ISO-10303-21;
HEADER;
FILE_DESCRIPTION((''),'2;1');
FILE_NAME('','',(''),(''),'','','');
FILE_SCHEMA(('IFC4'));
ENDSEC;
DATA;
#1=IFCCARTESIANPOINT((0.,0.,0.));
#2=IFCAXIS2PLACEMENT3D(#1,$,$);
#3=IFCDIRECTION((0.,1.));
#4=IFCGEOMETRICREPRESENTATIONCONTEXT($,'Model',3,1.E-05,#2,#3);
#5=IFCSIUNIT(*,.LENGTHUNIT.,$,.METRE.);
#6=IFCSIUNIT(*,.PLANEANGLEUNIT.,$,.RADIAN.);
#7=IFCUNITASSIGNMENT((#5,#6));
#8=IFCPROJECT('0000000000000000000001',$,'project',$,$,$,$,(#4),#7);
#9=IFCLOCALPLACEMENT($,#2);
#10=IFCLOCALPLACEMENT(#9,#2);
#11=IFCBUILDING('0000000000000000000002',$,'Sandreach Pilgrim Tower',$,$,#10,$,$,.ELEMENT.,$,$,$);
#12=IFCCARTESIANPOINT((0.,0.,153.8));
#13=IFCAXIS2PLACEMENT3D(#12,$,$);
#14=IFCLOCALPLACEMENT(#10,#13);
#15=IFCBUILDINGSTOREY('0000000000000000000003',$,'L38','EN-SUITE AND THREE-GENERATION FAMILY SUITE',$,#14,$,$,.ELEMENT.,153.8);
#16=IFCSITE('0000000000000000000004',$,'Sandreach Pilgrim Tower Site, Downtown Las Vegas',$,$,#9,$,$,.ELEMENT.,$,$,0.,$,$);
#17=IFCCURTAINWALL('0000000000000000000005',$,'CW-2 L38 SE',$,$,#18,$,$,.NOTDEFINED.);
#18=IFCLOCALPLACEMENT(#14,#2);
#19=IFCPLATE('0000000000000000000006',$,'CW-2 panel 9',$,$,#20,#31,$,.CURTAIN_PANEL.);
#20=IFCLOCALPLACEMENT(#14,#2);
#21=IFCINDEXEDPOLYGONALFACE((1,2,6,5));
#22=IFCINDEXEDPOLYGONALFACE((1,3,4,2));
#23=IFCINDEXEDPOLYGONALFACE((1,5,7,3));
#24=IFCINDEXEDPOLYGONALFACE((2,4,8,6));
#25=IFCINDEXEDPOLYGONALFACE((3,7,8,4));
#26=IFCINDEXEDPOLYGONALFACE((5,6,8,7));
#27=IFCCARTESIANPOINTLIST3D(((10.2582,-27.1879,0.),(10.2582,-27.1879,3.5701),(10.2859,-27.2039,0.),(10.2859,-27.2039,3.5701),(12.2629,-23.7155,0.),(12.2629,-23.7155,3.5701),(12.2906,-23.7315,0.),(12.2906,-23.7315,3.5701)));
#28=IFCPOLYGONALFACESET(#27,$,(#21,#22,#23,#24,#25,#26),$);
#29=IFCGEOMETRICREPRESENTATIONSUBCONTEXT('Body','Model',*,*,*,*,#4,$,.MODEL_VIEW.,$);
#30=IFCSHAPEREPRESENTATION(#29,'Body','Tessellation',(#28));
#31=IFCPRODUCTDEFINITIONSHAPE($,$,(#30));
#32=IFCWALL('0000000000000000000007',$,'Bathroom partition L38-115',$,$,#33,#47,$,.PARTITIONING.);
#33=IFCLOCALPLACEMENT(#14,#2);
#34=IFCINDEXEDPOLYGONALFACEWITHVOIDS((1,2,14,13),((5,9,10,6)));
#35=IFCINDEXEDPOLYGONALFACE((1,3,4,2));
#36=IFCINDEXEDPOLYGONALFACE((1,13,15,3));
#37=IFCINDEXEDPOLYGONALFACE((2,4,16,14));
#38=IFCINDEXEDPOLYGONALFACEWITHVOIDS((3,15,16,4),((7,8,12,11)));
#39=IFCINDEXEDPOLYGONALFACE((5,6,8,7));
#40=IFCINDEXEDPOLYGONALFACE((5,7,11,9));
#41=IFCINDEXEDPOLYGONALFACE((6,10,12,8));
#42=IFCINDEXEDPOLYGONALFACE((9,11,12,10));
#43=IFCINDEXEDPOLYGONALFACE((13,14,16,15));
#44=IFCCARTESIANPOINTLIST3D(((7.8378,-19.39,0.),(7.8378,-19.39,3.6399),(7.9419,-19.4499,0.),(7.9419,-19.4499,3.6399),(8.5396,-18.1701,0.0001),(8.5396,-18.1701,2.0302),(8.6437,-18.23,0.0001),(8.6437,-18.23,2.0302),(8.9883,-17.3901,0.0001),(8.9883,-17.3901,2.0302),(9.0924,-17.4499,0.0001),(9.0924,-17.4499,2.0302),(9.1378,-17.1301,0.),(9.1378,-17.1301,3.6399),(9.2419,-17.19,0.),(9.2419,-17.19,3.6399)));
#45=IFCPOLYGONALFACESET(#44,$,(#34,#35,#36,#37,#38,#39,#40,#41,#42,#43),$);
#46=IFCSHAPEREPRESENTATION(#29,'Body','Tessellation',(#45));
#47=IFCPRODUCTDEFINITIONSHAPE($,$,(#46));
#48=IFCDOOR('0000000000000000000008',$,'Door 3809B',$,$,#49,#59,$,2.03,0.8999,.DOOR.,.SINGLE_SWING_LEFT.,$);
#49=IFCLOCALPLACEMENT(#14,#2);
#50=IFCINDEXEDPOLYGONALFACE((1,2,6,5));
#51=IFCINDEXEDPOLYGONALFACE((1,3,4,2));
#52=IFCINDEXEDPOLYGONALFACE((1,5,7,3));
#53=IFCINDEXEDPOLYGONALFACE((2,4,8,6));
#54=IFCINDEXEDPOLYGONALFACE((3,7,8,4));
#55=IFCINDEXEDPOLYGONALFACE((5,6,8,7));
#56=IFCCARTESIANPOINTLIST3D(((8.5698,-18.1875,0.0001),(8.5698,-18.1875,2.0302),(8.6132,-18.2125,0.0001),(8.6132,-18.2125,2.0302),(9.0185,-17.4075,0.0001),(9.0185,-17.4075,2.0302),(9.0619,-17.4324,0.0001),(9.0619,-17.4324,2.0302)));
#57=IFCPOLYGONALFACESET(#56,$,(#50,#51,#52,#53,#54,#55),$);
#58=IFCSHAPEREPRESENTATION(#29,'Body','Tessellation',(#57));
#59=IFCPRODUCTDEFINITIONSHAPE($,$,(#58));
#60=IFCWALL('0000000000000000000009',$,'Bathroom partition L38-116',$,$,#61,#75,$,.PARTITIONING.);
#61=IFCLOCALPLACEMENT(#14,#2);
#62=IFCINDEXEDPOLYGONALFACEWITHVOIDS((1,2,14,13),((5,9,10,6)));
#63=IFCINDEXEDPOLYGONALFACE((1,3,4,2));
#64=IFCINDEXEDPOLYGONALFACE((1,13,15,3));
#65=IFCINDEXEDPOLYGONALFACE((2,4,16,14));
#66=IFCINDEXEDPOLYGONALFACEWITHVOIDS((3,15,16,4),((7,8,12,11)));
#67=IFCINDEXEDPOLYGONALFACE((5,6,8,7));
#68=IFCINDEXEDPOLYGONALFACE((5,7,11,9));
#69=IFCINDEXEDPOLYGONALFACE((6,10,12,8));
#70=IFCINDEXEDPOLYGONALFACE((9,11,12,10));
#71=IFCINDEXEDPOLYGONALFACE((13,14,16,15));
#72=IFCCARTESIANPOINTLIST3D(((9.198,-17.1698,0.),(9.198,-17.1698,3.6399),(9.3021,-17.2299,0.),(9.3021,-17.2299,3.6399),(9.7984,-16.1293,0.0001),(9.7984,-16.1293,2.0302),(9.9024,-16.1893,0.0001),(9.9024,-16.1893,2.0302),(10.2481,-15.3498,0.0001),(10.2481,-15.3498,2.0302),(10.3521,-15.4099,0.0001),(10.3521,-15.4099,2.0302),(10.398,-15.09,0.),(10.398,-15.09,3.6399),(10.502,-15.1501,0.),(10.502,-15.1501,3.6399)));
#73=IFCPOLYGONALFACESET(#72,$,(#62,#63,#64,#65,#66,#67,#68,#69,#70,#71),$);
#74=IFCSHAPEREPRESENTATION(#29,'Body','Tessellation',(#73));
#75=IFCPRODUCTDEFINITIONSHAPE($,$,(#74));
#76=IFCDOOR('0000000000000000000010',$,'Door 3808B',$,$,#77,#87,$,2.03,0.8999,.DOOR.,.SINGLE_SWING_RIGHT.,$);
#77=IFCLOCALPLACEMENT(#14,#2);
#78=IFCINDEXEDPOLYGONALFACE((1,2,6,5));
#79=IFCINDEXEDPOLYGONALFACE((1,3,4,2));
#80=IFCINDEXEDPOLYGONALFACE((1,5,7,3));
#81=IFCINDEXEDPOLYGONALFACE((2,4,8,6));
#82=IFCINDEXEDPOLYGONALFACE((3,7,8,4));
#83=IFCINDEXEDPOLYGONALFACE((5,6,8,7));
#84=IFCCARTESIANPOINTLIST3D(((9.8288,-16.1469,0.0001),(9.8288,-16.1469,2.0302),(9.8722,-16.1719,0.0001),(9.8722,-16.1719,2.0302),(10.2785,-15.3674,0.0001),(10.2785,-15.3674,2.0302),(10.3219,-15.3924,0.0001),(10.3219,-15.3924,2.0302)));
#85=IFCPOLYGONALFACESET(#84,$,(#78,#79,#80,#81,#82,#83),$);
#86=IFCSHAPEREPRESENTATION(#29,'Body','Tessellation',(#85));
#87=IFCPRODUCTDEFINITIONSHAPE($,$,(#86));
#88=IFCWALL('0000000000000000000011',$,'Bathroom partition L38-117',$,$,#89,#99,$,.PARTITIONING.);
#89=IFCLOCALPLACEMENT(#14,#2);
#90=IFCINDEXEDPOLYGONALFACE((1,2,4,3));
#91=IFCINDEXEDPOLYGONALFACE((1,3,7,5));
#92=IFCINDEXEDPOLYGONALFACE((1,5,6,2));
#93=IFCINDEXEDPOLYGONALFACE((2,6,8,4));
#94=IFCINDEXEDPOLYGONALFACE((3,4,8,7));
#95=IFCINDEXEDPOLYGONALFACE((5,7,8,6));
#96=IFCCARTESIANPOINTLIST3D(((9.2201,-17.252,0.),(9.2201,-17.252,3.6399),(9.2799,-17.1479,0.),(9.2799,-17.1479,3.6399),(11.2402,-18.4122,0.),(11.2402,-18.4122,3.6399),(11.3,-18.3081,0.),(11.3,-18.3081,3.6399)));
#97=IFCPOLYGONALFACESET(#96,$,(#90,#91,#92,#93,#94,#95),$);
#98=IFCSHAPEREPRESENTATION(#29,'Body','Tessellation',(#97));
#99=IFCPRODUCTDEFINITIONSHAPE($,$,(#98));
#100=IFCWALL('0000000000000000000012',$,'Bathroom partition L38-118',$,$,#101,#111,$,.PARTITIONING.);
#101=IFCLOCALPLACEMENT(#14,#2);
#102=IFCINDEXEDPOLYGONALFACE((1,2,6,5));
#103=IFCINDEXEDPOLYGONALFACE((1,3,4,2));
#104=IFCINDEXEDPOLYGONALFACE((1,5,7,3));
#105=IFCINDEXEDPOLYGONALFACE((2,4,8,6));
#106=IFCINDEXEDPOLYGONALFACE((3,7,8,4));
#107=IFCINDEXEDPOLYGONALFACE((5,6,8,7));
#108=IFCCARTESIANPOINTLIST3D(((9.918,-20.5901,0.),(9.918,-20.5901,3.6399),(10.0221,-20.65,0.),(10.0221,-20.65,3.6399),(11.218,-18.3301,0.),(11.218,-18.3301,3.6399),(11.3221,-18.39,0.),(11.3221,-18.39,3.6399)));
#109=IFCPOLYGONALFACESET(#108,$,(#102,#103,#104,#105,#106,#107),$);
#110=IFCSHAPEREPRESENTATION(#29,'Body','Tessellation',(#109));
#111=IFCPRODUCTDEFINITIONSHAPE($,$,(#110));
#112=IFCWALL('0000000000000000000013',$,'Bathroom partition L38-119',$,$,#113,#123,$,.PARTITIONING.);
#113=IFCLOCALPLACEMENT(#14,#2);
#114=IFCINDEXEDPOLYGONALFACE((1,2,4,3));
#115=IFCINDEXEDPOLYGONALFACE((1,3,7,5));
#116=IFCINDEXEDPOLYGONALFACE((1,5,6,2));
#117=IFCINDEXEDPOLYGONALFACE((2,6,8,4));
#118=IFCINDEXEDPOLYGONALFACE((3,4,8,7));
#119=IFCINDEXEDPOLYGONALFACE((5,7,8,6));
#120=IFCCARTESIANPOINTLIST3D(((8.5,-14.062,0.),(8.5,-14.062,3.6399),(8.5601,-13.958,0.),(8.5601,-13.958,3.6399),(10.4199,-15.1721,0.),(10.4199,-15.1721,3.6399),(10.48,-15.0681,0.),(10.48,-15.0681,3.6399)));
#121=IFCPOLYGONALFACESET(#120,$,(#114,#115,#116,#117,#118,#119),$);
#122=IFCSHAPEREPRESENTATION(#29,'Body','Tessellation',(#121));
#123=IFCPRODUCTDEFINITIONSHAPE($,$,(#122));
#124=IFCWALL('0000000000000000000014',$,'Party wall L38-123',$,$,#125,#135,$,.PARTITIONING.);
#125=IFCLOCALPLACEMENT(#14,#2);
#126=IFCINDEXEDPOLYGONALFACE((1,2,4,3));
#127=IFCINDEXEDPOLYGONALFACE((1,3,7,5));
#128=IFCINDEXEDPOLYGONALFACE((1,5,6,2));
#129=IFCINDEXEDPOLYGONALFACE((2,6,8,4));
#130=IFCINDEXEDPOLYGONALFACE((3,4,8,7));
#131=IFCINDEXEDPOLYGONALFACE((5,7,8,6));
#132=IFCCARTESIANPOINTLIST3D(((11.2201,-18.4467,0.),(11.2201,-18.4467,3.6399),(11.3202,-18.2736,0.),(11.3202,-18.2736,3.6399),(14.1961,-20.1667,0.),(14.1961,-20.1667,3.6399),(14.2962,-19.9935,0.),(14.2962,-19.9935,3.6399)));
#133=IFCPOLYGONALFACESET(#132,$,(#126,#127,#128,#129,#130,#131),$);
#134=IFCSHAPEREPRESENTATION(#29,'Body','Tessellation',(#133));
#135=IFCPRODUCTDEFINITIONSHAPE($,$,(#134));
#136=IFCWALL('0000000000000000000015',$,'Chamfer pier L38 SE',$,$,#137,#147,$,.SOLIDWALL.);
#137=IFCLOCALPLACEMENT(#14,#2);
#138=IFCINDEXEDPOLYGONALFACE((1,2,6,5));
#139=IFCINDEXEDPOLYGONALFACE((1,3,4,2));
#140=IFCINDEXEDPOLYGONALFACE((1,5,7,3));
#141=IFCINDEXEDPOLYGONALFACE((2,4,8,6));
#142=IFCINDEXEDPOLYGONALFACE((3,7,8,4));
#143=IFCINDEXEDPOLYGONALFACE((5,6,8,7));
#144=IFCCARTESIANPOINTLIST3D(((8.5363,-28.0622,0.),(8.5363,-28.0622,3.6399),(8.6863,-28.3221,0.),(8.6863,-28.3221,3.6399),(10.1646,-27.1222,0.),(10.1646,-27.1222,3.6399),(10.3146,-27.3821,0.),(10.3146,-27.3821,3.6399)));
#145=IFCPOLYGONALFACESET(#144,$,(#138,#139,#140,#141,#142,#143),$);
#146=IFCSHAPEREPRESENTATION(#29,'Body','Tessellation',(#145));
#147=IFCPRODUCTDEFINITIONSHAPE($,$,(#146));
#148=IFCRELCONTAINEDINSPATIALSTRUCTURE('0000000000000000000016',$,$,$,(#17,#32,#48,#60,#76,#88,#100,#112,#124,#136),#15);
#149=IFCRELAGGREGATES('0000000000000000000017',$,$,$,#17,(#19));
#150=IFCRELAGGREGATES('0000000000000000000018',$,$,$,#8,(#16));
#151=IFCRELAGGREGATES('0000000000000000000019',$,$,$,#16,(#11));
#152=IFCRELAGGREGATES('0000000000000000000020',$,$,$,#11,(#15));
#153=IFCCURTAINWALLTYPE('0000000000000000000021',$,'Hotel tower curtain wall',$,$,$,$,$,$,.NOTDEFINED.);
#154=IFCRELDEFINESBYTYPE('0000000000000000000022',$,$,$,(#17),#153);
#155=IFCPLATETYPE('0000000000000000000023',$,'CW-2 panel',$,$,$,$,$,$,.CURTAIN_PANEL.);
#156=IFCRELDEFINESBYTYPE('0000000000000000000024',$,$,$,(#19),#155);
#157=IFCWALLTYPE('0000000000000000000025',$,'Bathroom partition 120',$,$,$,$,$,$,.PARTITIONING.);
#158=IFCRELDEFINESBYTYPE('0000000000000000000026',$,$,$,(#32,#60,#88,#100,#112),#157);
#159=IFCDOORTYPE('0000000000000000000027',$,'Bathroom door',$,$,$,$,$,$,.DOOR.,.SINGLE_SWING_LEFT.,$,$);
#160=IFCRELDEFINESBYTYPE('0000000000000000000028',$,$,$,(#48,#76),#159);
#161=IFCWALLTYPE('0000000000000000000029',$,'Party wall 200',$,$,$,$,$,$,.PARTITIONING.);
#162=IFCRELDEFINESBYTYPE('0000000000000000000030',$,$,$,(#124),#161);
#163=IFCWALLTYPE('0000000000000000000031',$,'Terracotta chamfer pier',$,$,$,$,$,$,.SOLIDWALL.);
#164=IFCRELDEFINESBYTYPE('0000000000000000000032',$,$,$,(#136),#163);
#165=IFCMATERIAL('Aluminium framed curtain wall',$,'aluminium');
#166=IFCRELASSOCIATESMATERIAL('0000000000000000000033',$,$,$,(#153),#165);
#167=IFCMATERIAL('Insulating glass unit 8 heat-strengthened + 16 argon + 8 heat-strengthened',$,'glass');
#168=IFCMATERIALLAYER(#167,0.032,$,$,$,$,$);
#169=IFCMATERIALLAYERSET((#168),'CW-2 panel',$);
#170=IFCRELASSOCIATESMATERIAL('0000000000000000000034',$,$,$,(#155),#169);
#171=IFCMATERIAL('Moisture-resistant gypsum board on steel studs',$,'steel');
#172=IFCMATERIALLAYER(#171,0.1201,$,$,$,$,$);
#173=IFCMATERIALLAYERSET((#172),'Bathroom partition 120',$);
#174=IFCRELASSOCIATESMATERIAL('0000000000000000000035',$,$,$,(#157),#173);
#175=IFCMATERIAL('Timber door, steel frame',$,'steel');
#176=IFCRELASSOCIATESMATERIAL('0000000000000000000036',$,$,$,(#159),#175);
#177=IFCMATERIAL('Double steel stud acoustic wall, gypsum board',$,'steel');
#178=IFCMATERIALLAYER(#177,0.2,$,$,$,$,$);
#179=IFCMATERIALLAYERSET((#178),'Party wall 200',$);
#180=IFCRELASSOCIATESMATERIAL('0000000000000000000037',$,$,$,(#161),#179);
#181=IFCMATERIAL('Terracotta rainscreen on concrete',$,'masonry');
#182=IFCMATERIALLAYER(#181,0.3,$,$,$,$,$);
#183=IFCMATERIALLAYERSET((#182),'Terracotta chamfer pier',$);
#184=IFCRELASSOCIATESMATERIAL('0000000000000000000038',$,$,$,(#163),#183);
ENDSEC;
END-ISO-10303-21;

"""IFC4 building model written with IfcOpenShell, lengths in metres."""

from ifc_helpers import new_model, si_unit, direction, frame, frame_2d, origin, origin_2d, place, context, subcontext, project, spatial, rectangle, extrude, material, layer, layer_set, type_object, element, fill, aggregate, save


model = new_model("IFC4")

# Units and contexts
model_context = context("Model", 3, precision=1e-05, world=origin(), true_north=direction((0.0, 1.0)))
body_context = subcontext(model_context, "Body", "Model", "MODEL_VIEW")
ifc_project = project(units=[si_unit("LENGTHUNIT", "METRE"), si_unit("PLANEANGLEUNIT", "RADIAN")], contexts=[model_context])

# Site, building, storey
site_placement = place(None, origin())
site = spatial("IfcSite", under=ifc_project, at=site_placement, Name="Sandreach Pilgrim Tower Site, Downtown Las Vegas", CompositionType="ELEMENT", RefElevation=0.0)
building_placement = place(site_placement, origin())
building = spatial("IfcBuilding", under=site, at=building_placement, Name="Sandreach Pilgrim Tower", CompositionType="ELEMENT")
storey_placement = place(building_placement, frame((0.0, 0.0, 153.8)))
storey = spatial("IfcBuildingStorey", under=building, at=storey_placement, Name="L38", Description="EN-SUITE AND THREE-GENERATION FAMILY SUITE", CompositionType="ELEMENT", Elevation=153.8)

# Curtain wall
ifc_material_1 = material(Name="Aluminium framed curtain wall", Category="aluminium")
curtain_wall_type = type_object("IfcCurtainWallType", Name="Hotel tower curtain wall", PredefinedType="NOTDEFINED", material=ifc_material_1)
curtain_wall_1_placement = place(storey_placement, origin())
curtain_wall_1 = element("IfcCurtainWall", 1, at=curtain_wall_1_placement, inside=storey, type_object=curtain_wall_type, Name="CW-2 L38 SE", PredefinedType="NOTDEFINED")

# Plate
ifc_material_2 = material(Name="Insulating glass unit 8 heat-strengthened + 16 argon + 8 heat-strengthened", Category="glass")
ifc_layer_1 = layer(ifc_material_2, 0.032)
ifc_layer_set_1 = layer_set([ifc_layer_1], Name="CW-2 panel")
plate_type = type_object("IfcPlateType", Name="CW-2 panel", PredefinedType="CURTAIN_PANEL", material=ifc_layer_set_1)
plate_1_placement = place(storey_placement, frame((11.2744, -25.4597, 0.0), z_axis=(0.0, 0.0, 1.0), x_axis=(-0.5, -0.866025, 0.0)))
plate_1 = element("IfcPlate", 2, at=plate_1_placement, type_object=plate_type, Name="CW-2 panel 9", PredefinedType="CURTAIN_PANEL", context=body_context, shape_type="SweptSolid", body=[
    extrude(rectangle(XDim=4.0095, YDim=0.032, at=origin_2d()), origin(), (0.0, 0.0, 1.0), 3.5701),
])
aggregate(curtain_wall_1, [plate_1])

# Walls, openings, doors
ifc_material_3 = material(Name="Moisture-resistant gypsum board on steel studs", Category="steel")
ifc_layer_2 = layer(ifc_material_3, 0.1201)
ifc_layer_set_2 = layer_set([ifc_layer_2], Name="Bathroom partition 120")
wall_type_1 = type_object("IfcWallType", Name="Bathroom partition 120", PredefinedType="PARTITIONING", material=ifc_layer_set_2)
wall_1_placement = place(storey_placement, frame((9.1899, -17.1599, 0.0), z_axis=(0.0, 0.0, 1.0), x_axis=(-0.498628, -0.866816, 0.0)))
wall_1 = element("IfcWall", 3, at=wall_1_placement, inside=storey, type_object=wall_type_1, Name="Bathroom partition L38-115", PredefinedType="PARTITIONING", context=body_context, shape_type="SweptSolid", body=[
    extrude(rectangle(XDim=2.6072, YDim=0.1201, at=frame_2d((1.3037, 0.0))), origin(), (0.0, 0.0, 1.0), 3.6399),
])
opening_1_placement = place(wall_1_placement, frame((0.3, 0.0, 0.0)))
opening_1 = element("IfcOpeningElement", 4, at=opening_1_placement, cuts=wall_1, PredefinedType="OPENING", context=body_context, shape_type="SweptSolid", body=[
    extrude(rectangle(XDim=0.8999, YDim=2.03, at=frame_2d((0.45, 1.0151))), frame((0.0, 0.0601, 0.0), z_axis=(0.0, -1.0, 0.0), x_axis=(1.0, 0.0, 0.0)), (0.0, 0.0, 1.0), 0.1201),
])
ifc_material_4 = material(Name="Timber door, steel frame", Category="steel")
door_type = type_object("IfcDoorType", Name="Bathroom door", OperationType="SINGLE_SWING_LEFT", PredefinedType="DOOR", material=ifc_material_4)
door_1_placement = place(opening_1_placement, origin())
door_1 = element("IfcDoor", 5, at=door_1_placement, inside=storey, type_object=door_type, Name="Door 3809B", OperationType="SINGLE_SWING_LEFT", OverallHeight=2.03, OverallWidth=0.8999, PredefinedType="DOOR", context=body_context, shape_type="SweptSolid", body=[
    extrude(rectangle(XDim=0.8999, YDim=2.03, at=frame_2d((0.45, 1.0151))), frame((0.0, 0.0249, 0.0), z_axis=(0.0, -1.0, 0.0), x_axis=(1.0, 0.0, 0.0)), (0.0, 0.0, 1.0), 0.05),
])
fill(opening_1, door_1)
wall_2_placement = place(storey_placement, frame((9.25, -17.2, 0.0), z_axis=(0.0, 0.0, 1.0), x_axis=(0.499737, 0.866177, 0.0)))
wall_2 = element("IfcWall", 6, at=wall_2_placement, inside=storey, type_object=wall_type_1, Name="Bathroom partition L38-116", PredefinedType="PARTITIONING", context=body_context, shape_type="SweptSolid", body=[
    extrude(rectangle(XDim=2.4011, YDim=0.1201, at=frame_2d((1.2007, 0.0))), origin(), (0.0, 0.0, 1.0), 3.6399),
])
opening_2_placement = place(wall_2_placement, frame((1.2014, 0.0, 0.0)))
opening_2 = element("IfcOpeningElement", 7, at=opening_2_placement, cuts=wall_2, PredefinedType="OPENING", context=body_context, shape_type="SweptSolid", body=[
    extrude(rectangle(XDim=0.8999, YDim=2.03, at=frame_2d((0.45, 1.0151))), frame((0.0, 0.0601, 0.0), z_axis=(0.0, -1.0, 0.0), x_axis=(1.0, 0.0, 0.0)), (0.0, 0.0, 1.0), 0.1201),
])
door_2_placement = place(opening_2_placement, origin())
door_2 = element("IfcDoor", 8, at=door_2_placement, inside=storey, type_object=door_type, Name="Door 3808B", OperationType="SINGLE_SWING_RIGHT", OverallHeight=2.03, OverallWidth=0.8999, PredefinedType="DOOR", context=body_context, shape_type="SweptSolid", body=[
    extrude(rectangle(XDim=0.8999, YDim=2.03, at=frame_2d((0.45, 1.0151))), frame((0.0, 0.0249, 0.0), z_axis=(0.0, -1.0, 0.0), x_axis=(1.0, 0.0, 0.0)), (0.0, 0.0, 1.0), 0.05),
])
fill(opening_2, door_2)

# Walls
wall_3_placement = place(storey_placement, frame((9.25, -17.2, 0.0), z_axis=(0.0, 0.0, 1.0), x_axis=(0.867158, -0.498034, 0.0)))
element("IfcWall", 9, at=wall_3_placement, inside=storey, type_object=wall_type_1, Name="Bathroom partition L38-117", PredefinedType="PARTITIONING", context=body_context, shape_type="SweptSolid", body=[
    extrude(rectangle(XDim=2.3296, YDim=0.1201, at=frame_2d((1.1648, 0.0))), origin(), (0.0, 0.0, 1.0), 3.6399),
])
wall_4_placement = place(storey_placement, frame((9.97, -20.6201, 0.0), z_axis=(0.0, 0.0, 1.0), x_axis=(0.498628, 0.866816, 0.0)))
element("IfcWall", 10, at=wall_4_placement, inside=storey, type_object=wall_type_1, Name="Bathroom partition L38-118", PredefinedType="PARTITIONING", context=body_context, shape_type="SweptSolid", body=[
    extrude(rectangle(XDim=2.6072, YDim=0.1201, at=frame_2d((1.3037, 0.0))), origin(), (0.0, 0.0, 1.0), 3.6399),
])
wall_5_placement = place(storey_placement, frame((10.45, -15.1201, 0.0), z_axis=(0.0, 0.0, 1.0), x_axis=(-0.865705, 0.500555, 0.0)))
element("IfcWall", 11, at=wall_5_placement, inside=storey, type_object=wall_type_1, Name="Bathroom partition L38-119", PredefinedType="PARTITIONING", context=body_context, shape_type="SweptSolid", body=[
    extrude(rectangle(XDim=2.2178, YDim=0.1201, at=frame_2d((1.1089, 0.0))), origin(), (0.0, 0.0, 1.0), 3.6399),
])
ifc_material_5 = material(Name="Double steel stud acoustic wall, gypsum board", Category="steel")
ifc_layer_3 = layer(ifc_material_5, 0.2)
ifc_layer_set_3 = layer_set([ifc_layer_3], Name="Party wall 200")
wall_type_2 = type_object("IfcWallType", Name="Party wall 200", PredefinedType="PARTITIONING", material=ifc_layer_set_3)
wall_6_placement = place(storey_placement, frame((11.27, -18.3601, 0.0), z_axis=(0.0, 0.0, 1.0), x_axis=(0.865807, -0.500378, 0.0)))
element("IfcWall", 12, at=wall_6_placement, inside=storey, type_object=wall_type_2, Name="Party wall L38-123", PredefinedType="PARTITIONING", context=body_context, shape_type="SweptSolid", body=[
    extrude(rectangle(XDim=3.4373, YDim=0.2, at=frame_2d((1.7188, 0.0))), origin(), (0.0, 0.0, 1.0), 3.6399),
])
ifc_material_6 = material(Name="Terracotta rainscreen on concrete", Category="masonry")
ifc_layer_4 = layer(ifc_material_6, 0.3)
ifc_layer_set_4 = layer_set([ifc_layer_4], Name="Terracotta chamfer pier")
wall_type_3 = type_object("IfcWallType", Name="Terracotta chamfer pier", PredefinedType="SOLIDWALL", material=ifc_layer_set_4)
wall_7_placement = place(storey_placement, frame((10.2395, -27.2522, 0.0), z_axis=(0.0, 0.0, 1.0), x_axis=(-0.866045, -0.499966, 0.0)))
element("IfcWall", 13, at=wall_7_placement, inside=storey, type_object=wall_type_3, Name="Chamfer pier L38 SE", PredefinedType="SOLIDWALL", context=body_context, shape_type="SweptSolid", body=[
    extrude(rectangle(XDim=1.8801, YDim=0.3, at=frame_2d((0.9399, 0.0))), origin(), (0.0, 0.0, 1.0), 3.6399),
])

save(model, "model.ifc")
